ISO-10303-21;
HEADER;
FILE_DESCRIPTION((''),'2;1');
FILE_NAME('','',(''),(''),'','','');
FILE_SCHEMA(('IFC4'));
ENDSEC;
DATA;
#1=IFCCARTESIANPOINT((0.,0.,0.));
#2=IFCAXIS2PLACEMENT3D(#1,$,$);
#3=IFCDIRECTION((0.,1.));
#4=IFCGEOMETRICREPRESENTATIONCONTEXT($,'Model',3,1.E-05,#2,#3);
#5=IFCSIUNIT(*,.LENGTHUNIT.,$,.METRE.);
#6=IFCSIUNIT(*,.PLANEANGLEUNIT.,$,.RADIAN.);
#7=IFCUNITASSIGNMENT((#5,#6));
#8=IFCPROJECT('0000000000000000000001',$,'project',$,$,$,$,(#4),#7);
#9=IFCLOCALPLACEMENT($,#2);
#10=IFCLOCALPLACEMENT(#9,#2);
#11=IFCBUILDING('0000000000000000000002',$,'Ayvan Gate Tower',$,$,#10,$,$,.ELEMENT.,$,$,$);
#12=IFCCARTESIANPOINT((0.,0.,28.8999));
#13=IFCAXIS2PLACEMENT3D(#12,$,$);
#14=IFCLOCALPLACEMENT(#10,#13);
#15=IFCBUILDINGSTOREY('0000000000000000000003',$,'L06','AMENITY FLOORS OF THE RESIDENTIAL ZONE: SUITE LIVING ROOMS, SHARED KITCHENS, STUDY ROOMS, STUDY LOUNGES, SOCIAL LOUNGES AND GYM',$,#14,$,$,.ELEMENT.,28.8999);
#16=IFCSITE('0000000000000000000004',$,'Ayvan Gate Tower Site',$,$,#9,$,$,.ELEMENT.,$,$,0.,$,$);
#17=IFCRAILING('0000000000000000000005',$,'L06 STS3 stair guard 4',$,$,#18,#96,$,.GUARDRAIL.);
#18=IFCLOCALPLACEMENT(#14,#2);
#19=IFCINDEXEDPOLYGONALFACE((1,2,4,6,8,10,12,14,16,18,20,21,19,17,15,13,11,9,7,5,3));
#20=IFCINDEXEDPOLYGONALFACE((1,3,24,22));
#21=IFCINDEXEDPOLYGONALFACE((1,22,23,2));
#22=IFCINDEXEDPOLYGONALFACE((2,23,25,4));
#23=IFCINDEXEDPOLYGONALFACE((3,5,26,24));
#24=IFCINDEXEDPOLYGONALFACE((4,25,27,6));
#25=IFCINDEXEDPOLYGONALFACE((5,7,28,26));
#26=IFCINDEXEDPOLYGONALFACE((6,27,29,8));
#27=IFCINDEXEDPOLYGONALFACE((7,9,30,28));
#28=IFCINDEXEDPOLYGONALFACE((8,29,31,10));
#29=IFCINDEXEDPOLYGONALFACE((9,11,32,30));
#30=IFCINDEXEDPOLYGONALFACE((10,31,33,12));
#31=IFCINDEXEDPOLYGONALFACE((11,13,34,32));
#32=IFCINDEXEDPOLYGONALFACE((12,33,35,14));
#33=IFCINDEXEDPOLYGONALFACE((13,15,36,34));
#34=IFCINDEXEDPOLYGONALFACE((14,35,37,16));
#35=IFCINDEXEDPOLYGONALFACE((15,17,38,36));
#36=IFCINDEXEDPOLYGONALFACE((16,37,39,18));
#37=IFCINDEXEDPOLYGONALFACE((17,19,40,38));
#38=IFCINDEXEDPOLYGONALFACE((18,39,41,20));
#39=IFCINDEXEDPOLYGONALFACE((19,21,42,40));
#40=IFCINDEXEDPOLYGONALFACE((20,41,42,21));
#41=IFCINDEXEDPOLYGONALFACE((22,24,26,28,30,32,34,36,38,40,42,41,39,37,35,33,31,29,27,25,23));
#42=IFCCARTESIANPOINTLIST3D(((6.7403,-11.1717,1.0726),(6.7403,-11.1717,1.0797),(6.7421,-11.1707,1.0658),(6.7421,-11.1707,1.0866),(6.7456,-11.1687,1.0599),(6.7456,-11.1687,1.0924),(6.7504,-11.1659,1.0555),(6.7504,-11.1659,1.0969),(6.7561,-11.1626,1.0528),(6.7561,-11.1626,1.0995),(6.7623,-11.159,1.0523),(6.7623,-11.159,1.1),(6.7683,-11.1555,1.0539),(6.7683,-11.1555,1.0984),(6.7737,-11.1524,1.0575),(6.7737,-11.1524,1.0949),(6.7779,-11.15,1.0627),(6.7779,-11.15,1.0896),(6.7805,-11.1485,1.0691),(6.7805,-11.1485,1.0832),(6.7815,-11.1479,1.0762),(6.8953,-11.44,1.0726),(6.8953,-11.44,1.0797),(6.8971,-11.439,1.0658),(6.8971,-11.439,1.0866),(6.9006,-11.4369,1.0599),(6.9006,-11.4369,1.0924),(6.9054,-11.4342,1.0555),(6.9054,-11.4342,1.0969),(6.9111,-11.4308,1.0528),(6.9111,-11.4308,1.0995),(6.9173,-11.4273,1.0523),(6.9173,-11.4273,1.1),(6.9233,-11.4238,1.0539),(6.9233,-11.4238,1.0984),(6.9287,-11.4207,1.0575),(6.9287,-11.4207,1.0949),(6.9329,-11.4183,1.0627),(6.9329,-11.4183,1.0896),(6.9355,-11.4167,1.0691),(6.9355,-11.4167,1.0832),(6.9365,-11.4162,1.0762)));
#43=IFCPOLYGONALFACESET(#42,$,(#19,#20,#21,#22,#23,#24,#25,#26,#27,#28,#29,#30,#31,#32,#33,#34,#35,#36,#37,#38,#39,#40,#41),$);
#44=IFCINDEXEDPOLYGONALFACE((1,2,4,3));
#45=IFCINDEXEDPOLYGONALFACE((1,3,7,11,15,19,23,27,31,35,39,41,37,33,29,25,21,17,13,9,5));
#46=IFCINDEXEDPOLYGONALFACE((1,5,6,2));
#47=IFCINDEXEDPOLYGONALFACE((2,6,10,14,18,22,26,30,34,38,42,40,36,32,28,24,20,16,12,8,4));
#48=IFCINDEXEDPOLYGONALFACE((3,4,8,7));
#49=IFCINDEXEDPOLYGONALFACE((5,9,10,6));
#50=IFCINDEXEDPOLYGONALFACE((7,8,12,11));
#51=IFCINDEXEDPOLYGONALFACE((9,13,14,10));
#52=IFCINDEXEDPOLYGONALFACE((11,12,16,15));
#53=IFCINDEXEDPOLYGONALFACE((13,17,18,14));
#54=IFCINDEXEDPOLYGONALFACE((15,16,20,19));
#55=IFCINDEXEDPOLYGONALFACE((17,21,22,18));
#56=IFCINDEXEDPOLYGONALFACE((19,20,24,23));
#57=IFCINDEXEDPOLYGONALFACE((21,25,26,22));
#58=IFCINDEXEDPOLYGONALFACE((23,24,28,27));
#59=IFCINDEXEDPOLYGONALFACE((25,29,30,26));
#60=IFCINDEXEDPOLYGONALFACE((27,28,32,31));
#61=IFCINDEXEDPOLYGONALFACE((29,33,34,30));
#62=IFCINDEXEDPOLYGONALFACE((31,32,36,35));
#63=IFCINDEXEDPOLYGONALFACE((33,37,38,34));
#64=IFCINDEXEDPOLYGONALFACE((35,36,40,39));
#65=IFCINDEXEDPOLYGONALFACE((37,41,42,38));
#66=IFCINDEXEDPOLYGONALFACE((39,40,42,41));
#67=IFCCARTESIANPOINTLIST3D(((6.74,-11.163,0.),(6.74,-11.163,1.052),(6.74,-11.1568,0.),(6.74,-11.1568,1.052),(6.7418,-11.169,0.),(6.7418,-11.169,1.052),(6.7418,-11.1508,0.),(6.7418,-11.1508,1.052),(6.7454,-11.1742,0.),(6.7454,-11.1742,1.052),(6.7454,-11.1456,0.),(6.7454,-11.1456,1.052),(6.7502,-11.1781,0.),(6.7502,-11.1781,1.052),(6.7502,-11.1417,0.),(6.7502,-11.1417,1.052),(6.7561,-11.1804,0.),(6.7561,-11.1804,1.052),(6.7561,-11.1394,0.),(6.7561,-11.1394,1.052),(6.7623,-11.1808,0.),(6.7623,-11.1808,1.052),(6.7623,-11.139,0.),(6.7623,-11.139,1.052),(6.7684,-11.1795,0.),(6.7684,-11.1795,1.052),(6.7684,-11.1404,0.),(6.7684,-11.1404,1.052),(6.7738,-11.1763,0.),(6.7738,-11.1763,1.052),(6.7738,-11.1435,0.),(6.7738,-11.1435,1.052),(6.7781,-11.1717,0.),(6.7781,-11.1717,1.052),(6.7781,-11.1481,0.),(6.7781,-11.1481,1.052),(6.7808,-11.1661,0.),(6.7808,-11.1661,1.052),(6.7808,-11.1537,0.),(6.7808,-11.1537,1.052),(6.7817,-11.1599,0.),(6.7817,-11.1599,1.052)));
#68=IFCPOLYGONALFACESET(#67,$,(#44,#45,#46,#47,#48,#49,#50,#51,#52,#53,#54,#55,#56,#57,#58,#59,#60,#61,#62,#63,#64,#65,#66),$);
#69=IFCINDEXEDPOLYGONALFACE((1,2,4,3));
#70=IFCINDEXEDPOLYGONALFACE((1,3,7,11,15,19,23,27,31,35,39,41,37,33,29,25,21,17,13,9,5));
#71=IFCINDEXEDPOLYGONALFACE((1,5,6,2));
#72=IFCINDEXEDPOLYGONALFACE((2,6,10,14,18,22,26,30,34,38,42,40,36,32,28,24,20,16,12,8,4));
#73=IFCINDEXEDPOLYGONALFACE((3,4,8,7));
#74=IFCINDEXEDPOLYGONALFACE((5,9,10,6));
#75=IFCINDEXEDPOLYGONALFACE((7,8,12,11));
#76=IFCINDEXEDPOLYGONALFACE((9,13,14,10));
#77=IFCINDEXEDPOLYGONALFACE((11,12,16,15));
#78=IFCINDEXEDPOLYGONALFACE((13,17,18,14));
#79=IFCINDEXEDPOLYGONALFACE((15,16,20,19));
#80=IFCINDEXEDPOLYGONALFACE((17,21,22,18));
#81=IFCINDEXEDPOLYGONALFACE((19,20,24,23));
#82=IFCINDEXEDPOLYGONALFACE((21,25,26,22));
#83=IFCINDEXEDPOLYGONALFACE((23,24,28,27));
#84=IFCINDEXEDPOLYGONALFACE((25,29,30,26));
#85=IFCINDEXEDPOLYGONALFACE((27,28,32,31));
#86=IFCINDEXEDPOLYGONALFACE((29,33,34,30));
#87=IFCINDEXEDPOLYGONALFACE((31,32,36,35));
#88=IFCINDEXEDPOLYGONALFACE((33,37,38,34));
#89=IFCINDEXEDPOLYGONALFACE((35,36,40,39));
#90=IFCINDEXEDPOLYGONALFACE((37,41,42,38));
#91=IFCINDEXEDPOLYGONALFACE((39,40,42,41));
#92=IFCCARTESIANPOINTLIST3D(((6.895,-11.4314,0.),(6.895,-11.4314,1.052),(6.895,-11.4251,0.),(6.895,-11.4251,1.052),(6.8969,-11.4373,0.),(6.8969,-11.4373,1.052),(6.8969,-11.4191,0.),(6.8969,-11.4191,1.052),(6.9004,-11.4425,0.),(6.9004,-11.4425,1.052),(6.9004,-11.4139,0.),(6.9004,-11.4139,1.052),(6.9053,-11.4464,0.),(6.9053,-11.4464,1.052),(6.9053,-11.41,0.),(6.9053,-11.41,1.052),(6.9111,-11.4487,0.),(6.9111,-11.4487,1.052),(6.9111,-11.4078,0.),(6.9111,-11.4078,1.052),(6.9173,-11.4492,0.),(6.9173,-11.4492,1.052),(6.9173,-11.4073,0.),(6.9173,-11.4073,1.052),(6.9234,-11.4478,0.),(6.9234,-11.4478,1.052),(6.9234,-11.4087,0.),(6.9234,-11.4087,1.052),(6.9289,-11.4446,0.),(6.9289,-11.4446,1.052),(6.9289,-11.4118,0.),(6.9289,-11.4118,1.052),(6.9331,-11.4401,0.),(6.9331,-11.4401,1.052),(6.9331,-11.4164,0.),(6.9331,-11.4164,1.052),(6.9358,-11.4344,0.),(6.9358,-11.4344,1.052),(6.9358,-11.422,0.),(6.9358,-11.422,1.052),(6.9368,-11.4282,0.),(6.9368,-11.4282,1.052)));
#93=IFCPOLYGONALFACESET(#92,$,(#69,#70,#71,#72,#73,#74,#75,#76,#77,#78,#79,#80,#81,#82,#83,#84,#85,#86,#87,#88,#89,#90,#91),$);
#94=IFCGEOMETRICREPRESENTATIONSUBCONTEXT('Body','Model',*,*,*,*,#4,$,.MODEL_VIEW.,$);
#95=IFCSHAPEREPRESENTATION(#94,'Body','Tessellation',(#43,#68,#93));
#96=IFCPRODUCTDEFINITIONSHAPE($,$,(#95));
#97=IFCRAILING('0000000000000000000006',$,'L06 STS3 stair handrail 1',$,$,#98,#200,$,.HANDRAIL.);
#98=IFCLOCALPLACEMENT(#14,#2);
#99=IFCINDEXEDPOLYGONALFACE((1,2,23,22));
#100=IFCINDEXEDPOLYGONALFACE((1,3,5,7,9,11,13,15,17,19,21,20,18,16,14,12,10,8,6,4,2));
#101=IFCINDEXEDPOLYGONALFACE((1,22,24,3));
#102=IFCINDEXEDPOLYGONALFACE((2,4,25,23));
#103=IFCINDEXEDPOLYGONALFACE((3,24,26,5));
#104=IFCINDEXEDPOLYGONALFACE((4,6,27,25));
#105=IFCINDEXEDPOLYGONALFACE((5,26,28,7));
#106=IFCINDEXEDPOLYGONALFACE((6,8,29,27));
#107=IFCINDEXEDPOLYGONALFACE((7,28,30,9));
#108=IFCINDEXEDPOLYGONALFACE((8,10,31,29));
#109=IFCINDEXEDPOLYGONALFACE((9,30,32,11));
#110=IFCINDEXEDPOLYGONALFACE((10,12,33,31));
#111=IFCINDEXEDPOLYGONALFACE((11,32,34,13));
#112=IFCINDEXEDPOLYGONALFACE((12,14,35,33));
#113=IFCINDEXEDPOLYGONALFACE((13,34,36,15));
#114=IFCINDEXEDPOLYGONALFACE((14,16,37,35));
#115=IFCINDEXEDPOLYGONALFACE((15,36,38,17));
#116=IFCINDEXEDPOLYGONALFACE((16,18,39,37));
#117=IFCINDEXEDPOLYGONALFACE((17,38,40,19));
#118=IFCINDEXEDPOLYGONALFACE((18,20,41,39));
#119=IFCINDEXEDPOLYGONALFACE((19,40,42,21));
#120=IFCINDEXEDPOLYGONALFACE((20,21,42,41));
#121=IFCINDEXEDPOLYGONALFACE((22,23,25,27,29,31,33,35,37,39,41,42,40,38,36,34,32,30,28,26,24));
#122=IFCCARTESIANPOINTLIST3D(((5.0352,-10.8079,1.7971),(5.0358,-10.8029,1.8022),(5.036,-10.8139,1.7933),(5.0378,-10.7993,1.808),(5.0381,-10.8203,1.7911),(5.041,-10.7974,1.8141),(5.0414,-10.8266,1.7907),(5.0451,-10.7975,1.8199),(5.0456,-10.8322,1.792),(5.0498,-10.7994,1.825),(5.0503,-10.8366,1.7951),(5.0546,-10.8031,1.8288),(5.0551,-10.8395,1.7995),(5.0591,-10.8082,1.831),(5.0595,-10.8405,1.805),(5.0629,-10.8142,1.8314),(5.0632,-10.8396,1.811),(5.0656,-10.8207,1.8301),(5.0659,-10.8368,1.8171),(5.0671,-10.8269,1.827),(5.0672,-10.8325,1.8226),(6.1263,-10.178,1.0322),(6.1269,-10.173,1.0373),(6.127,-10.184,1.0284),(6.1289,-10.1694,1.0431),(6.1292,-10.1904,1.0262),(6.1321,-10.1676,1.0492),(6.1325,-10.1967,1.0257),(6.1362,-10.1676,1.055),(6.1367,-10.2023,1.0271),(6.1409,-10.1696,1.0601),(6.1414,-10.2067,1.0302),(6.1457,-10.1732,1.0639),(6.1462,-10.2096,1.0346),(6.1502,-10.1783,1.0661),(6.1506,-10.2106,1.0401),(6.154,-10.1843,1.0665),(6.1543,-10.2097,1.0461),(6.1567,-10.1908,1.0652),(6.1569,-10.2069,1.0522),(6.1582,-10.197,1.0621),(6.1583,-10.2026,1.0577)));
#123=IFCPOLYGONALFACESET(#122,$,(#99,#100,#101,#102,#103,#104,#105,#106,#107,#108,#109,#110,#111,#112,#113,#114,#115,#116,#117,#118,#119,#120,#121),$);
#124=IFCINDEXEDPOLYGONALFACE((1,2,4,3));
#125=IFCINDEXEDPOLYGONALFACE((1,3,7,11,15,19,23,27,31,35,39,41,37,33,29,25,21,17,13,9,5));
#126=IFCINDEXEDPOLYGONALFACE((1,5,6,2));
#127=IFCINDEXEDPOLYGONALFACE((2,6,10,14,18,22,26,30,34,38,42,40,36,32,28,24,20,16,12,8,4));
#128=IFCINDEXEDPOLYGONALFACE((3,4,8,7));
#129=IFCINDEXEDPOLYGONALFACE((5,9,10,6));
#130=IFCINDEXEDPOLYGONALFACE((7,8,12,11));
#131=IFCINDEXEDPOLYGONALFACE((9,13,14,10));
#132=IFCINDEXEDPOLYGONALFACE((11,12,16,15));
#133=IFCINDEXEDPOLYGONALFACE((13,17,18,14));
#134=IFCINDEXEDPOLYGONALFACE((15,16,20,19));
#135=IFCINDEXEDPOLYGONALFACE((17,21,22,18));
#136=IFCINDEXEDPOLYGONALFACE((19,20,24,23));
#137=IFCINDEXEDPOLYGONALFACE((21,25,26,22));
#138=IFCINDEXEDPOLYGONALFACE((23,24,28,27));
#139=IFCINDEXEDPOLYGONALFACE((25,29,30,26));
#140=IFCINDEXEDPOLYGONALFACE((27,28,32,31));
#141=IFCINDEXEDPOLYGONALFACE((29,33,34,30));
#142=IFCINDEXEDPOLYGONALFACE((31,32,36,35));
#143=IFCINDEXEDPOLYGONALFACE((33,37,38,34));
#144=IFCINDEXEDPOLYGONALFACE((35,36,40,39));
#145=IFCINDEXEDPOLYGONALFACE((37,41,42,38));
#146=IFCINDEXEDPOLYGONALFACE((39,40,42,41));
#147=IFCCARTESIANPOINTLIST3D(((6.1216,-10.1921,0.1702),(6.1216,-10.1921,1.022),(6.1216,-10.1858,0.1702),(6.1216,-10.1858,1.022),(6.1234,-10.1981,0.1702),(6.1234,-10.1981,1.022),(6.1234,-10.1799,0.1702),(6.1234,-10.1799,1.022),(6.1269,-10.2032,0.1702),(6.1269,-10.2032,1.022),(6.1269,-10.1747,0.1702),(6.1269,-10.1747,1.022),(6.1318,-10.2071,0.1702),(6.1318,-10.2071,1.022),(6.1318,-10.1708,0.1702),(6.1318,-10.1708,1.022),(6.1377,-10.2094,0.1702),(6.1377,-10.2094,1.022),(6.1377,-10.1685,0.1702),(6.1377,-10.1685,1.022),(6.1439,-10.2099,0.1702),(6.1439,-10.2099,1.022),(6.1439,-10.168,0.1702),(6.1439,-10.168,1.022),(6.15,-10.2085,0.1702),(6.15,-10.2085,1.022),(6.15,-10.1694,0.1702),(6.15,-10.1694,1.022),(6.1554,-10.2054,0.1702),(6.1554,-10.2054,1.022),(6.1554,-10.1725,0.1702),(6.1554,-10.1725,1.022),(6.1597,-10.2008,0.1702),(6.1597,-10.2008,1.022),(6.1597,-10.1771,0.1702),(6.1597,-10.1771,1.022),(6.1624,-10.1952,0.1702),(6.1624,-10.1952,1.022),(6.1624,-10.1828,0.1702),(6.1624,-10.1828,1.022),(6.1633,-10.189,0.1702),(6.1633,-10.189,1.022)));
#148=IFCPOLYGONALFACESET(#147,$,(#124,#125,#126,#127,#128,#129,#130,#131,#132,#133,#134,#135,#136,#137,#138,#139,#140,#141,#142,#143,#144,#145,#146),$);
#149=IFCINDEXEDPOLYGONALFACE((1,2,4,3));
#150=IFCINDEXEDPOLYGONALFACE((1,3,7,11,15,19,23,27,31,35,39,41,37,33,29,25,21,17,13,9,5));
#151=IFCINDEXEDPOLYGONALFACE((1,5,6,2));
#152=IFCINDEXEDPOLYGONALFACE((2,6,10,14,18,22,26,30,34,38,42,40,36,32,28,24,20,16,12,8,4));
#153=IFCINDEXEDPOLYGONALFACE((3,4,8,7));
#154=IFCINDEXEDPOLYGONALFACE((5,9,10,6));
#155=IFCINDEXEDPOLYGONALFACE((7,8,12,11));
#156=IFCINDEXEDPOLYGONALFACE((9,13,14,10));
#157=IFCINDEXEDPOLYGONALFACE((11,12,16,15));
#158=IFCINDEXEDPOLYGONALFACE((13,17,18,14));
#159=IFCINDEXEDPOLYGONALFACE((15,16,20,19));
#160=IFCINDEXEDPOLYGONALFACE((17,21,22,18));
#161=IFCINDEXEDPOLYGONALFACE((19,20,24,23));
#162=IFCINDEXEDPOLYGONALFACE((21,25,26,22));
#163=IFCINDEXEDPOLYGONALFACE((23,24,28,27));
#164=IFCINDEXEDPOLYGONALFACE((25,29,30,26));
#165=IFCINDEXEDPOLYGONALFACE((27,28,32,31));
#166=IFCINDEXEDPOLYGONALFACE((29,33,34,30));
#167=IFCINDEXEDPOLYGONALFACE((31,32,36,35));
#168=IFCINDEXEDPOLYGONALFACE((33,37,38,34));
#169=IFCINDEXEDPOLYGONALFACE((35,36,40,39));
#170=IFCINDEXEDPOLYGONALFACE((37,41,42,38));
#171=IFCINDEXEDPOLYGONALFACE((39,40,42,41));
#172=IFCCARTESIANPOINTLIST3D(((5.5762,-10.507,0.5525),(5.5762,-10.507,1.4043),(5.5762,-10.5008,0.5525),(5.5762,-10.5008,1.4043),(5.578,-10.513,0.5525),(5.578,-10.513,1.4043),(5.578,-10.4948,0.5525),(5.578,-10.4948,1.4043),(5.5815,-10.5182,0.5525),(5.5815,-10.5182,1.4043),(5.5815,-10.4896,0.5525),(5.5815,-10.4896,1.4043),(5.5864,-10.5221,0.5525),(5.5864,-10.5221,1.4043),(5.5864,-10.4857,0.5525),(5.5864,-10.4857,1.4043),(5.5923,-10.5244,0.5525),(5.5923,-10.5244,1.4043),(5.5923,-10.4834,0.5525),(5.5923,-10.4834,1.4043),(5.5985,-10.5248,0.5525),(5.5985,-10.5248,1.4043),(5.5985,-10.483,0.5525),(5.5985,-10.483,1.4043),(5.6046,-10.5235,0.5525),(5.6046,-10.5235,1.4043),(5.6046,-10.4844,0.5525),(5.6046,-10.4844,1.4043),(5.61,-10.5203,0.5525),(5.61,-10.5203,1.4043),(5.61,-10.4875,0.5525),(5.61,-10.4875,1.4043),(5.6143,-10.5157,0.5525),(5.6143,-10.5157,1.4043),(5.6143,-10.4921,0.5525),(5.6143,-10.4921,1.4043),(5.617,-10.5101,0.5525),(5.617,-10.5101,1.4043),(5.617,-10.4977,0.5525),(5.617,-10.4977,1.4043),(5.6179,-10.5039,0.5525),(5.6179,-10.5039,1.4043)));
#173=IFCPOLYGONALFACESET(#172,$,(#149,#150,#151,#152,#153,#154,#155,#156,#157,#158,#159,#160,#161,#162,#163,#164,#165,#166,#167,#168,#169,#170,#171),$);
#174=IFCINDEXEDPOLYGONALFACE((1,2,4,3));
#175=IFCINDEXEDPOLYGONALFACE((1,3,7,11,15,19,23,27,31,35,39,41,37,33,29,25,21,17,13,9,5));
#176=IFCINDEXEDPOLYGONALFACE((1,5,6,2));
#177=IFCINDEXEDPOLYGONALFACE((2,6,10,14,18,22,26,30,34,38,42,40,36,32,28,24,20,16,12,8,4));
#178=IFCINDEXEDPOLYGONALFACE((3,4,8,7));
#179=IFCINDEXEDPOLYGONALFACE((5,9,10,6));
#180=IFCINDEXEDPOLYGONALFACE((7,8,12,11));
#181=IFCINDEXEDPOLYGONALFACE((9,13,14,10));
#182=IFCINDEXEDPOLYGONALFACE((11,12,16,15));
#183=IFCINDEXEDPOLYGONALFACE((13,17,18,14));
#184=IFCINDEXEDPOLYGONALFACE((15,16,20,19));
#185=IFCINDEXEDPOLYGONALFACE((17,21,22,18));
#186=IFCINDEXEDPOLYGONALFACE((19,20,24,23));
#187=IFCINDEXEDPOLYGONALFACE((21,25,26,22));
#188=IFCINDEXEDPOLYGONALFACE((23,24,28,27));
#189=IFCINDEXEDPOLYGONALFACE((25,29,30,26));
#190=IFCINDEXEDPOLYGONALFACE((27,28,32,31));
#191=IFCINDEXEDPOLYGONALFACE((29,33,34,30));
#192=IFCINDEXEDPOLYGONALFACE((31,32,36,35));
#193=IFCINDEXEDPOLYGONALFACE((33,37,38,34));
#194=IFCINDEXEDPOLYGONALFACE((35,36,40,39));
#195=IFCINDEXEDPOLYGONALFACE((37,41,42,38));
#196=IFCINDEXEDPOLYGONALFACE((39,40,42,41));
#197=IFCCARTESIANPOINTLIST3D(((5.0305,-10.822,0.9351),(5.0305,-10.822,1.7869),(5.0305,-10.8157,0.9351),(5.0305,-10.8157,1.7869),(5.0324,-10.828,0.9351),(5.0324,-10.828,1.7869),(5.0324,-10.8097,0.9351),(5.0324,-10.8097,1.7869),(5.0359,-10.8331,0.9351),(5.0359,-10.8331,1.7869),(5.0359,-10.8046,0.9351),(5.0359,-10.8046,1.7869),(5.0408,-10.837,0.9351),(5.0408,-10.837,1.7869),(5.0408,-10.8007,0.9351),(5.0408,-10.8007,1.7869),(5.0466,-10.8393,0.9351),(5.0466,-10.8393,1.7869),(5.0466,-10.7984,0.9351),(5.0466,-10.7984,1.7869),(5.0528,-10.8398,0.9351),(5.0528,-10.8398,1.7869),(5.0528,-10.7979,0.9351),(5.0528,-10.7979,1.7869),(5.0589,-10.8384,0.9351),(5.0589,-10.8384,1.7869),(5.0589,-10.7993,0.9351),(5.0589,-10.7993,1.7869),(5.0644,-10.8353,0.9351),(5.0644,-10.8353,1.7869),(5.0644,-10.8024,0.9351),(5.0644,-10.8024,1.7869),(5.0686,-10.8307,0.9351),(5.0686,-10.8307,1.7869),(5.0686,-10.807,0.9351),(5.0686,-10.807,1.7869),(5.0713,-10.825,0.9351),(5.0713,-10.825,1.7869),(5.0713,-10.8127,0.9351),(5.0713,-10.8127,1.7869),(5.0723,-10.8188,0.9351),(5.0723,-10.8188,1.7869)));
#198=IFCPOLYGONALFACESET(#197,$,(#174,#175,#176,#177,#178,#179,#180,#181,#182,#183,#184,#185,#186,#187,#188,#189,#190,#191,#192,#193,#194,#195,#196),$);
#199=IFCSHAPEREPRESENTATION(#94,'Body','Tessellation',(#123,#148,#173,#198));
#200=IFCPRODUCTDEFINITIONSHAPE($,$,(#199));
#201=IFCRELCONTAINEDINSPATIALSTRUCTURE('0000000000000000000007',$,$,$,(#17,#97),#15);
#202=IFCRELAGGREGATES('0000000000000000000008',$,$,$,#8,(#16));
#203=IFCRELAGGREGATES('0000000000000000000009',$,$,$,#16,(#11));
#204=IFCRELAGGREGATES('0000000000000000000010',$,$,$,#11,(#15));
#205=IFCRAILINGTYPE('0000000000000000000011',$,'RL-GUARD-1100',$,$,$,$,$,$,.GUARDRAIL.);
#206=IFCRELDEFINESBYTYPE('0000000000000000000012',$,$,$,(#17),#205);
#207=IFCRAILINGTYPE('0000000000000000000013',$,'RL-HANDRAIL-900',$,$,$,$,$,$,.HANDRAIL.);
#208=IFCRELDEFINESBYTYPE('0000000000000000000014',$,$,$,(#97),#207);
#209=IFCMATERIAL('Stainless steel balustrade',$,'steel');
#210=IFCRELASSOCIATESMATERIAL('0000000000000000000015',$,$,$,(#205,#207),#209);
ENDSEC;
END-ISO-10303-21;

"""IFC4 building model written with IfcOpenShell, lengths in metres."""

from ifc_helpers import new_model, si_unit, direction, frame, origin, origin_2d, place, context, subcontext, project, spatial, circle, extrude, material, type_object, element, save


model = new_model("IFC4")

# Units and contexts
model_context = context("Model", 3, precision=1e-05, world=origin(), true_north=direction((0.0, 1.0)))
body_context = subcontext(model_context, "Body", "Model", "MODEL_VIEW")
ifc_project = project(units=[si_unit("LENGTHUNIT", "METRE"), si_unit("PLANEANGLEUNIT", "RADIAN")], contexts=[model_context])

# Site, building, storey
site_placement = place(None, origin())
site = spatial("IfcSite", under=ifc_project, at=site_placement, Name="Ayvan Gate Tower Site", CompositionType="ELEMENT", RefElevation=0.0)
building_placement = place(site_placement, origin())
building = spatial("IfcBuilding", under=site, at=building_placement, Name="Ayvan Gate Tower", CompositionType="ELEMENT")
storey_placement = place(building_placement, frame((0.0, 0.0, 28.8999)))
storey = spatial("IfcBuildingStorey", under=building, at=storey_placement, Name="L06", Description="AMENITY FLOORS OF THE RESIDENTIAL ZONE: SUITE LIVING ROOMS, SHARED KITCHENS, STUDY ROOMS, STUDY LOUNGES, SOCIAL LOUNGES AND GYM", CompositionType="ELEMENT", Elevation=28.8999)

# Railings
ifc_material_1 = material(Name="Stainless steel balustrade", Category="steel")
railing_type_1 = type_object("IfcRailingType", Name="RL-GUARD-1100", PredefinedType="GUARDRAIL", material=ifc_material_1)
railing_1_placement = place(storey_placement, frame((6.7607, -11.1599, 0.0)))
element("IfcRailing", 1, at=railing_1_placement, inside=storey, type_object=railing_type_1, Name="L06 STS3 stair guard 4", PredefinedType="GUARDRAIL", context=body_context, shape_type="SweptSolid", body=[
    extrude(circle(Radius=0.0239, at=origin_2d()), frame((0.0, 0.0, 1.0762), z_axis=(0.500291, -0.865857, 0.0), x_axis=(0.865857, 0.500291, 0.0)), (0.0, 0.0, 1.0), 0.3098),
    extrude(circle(Radius=0.021, at=origin_2d()), origin(), (0.0, 0.0, 1.0), 1.052),
    extrude(circle(Radius=0.021, at=origin_2d()), frame((0.155, -0.2683, 0.0)), (0.0, 0.0, 1.0), 1.052),
])
railing_type_2 = type_object("IfcRailingType", Name="RL-HANDRAIL-900", PredefinedType="HANDRAIL", material=ifc_material_1)
railing_2_placement = place(storey_placement, frame((6.1423, -10.189, 0.1702)))
element("IfcRailing", 2, at=railing_2_placement, inside=storey, type_object=railing_type_2, Name="L06 STS3 stair handrail 1", PredefinedType="HANDRAIL", context=body_context, shape_type="SweptSolid", body=[
    extrude(circle(Radius=0.0239, at=origin_2d()), frame((0.0, 0.0, 0.876), z_axis=(-0.740282, -0.427372, 0.518976), x_axis=(0.499974, -0.86604, 0.0)), (0.0, 0.0, 1.0), 1.4739),
    extrude(circle(Radius=0.021, at=origin_2d()), origin(), (0.0, 0.0, 1.0), 0.8518),
    extrude(circle(Radius=0.021, at=origin_2d()), frame((-0.5454, -0.3149, 0.3823)), (0.0, 0.0, 1.0), 0.8518),
    extrude(circle(Radius=0.021, at=origin_2d()), frame((-1.0911, -0.6299, 0.7649)), (0.0, 0.0, 1.0), 0.8518),
])

save(model, "model.ifc")
